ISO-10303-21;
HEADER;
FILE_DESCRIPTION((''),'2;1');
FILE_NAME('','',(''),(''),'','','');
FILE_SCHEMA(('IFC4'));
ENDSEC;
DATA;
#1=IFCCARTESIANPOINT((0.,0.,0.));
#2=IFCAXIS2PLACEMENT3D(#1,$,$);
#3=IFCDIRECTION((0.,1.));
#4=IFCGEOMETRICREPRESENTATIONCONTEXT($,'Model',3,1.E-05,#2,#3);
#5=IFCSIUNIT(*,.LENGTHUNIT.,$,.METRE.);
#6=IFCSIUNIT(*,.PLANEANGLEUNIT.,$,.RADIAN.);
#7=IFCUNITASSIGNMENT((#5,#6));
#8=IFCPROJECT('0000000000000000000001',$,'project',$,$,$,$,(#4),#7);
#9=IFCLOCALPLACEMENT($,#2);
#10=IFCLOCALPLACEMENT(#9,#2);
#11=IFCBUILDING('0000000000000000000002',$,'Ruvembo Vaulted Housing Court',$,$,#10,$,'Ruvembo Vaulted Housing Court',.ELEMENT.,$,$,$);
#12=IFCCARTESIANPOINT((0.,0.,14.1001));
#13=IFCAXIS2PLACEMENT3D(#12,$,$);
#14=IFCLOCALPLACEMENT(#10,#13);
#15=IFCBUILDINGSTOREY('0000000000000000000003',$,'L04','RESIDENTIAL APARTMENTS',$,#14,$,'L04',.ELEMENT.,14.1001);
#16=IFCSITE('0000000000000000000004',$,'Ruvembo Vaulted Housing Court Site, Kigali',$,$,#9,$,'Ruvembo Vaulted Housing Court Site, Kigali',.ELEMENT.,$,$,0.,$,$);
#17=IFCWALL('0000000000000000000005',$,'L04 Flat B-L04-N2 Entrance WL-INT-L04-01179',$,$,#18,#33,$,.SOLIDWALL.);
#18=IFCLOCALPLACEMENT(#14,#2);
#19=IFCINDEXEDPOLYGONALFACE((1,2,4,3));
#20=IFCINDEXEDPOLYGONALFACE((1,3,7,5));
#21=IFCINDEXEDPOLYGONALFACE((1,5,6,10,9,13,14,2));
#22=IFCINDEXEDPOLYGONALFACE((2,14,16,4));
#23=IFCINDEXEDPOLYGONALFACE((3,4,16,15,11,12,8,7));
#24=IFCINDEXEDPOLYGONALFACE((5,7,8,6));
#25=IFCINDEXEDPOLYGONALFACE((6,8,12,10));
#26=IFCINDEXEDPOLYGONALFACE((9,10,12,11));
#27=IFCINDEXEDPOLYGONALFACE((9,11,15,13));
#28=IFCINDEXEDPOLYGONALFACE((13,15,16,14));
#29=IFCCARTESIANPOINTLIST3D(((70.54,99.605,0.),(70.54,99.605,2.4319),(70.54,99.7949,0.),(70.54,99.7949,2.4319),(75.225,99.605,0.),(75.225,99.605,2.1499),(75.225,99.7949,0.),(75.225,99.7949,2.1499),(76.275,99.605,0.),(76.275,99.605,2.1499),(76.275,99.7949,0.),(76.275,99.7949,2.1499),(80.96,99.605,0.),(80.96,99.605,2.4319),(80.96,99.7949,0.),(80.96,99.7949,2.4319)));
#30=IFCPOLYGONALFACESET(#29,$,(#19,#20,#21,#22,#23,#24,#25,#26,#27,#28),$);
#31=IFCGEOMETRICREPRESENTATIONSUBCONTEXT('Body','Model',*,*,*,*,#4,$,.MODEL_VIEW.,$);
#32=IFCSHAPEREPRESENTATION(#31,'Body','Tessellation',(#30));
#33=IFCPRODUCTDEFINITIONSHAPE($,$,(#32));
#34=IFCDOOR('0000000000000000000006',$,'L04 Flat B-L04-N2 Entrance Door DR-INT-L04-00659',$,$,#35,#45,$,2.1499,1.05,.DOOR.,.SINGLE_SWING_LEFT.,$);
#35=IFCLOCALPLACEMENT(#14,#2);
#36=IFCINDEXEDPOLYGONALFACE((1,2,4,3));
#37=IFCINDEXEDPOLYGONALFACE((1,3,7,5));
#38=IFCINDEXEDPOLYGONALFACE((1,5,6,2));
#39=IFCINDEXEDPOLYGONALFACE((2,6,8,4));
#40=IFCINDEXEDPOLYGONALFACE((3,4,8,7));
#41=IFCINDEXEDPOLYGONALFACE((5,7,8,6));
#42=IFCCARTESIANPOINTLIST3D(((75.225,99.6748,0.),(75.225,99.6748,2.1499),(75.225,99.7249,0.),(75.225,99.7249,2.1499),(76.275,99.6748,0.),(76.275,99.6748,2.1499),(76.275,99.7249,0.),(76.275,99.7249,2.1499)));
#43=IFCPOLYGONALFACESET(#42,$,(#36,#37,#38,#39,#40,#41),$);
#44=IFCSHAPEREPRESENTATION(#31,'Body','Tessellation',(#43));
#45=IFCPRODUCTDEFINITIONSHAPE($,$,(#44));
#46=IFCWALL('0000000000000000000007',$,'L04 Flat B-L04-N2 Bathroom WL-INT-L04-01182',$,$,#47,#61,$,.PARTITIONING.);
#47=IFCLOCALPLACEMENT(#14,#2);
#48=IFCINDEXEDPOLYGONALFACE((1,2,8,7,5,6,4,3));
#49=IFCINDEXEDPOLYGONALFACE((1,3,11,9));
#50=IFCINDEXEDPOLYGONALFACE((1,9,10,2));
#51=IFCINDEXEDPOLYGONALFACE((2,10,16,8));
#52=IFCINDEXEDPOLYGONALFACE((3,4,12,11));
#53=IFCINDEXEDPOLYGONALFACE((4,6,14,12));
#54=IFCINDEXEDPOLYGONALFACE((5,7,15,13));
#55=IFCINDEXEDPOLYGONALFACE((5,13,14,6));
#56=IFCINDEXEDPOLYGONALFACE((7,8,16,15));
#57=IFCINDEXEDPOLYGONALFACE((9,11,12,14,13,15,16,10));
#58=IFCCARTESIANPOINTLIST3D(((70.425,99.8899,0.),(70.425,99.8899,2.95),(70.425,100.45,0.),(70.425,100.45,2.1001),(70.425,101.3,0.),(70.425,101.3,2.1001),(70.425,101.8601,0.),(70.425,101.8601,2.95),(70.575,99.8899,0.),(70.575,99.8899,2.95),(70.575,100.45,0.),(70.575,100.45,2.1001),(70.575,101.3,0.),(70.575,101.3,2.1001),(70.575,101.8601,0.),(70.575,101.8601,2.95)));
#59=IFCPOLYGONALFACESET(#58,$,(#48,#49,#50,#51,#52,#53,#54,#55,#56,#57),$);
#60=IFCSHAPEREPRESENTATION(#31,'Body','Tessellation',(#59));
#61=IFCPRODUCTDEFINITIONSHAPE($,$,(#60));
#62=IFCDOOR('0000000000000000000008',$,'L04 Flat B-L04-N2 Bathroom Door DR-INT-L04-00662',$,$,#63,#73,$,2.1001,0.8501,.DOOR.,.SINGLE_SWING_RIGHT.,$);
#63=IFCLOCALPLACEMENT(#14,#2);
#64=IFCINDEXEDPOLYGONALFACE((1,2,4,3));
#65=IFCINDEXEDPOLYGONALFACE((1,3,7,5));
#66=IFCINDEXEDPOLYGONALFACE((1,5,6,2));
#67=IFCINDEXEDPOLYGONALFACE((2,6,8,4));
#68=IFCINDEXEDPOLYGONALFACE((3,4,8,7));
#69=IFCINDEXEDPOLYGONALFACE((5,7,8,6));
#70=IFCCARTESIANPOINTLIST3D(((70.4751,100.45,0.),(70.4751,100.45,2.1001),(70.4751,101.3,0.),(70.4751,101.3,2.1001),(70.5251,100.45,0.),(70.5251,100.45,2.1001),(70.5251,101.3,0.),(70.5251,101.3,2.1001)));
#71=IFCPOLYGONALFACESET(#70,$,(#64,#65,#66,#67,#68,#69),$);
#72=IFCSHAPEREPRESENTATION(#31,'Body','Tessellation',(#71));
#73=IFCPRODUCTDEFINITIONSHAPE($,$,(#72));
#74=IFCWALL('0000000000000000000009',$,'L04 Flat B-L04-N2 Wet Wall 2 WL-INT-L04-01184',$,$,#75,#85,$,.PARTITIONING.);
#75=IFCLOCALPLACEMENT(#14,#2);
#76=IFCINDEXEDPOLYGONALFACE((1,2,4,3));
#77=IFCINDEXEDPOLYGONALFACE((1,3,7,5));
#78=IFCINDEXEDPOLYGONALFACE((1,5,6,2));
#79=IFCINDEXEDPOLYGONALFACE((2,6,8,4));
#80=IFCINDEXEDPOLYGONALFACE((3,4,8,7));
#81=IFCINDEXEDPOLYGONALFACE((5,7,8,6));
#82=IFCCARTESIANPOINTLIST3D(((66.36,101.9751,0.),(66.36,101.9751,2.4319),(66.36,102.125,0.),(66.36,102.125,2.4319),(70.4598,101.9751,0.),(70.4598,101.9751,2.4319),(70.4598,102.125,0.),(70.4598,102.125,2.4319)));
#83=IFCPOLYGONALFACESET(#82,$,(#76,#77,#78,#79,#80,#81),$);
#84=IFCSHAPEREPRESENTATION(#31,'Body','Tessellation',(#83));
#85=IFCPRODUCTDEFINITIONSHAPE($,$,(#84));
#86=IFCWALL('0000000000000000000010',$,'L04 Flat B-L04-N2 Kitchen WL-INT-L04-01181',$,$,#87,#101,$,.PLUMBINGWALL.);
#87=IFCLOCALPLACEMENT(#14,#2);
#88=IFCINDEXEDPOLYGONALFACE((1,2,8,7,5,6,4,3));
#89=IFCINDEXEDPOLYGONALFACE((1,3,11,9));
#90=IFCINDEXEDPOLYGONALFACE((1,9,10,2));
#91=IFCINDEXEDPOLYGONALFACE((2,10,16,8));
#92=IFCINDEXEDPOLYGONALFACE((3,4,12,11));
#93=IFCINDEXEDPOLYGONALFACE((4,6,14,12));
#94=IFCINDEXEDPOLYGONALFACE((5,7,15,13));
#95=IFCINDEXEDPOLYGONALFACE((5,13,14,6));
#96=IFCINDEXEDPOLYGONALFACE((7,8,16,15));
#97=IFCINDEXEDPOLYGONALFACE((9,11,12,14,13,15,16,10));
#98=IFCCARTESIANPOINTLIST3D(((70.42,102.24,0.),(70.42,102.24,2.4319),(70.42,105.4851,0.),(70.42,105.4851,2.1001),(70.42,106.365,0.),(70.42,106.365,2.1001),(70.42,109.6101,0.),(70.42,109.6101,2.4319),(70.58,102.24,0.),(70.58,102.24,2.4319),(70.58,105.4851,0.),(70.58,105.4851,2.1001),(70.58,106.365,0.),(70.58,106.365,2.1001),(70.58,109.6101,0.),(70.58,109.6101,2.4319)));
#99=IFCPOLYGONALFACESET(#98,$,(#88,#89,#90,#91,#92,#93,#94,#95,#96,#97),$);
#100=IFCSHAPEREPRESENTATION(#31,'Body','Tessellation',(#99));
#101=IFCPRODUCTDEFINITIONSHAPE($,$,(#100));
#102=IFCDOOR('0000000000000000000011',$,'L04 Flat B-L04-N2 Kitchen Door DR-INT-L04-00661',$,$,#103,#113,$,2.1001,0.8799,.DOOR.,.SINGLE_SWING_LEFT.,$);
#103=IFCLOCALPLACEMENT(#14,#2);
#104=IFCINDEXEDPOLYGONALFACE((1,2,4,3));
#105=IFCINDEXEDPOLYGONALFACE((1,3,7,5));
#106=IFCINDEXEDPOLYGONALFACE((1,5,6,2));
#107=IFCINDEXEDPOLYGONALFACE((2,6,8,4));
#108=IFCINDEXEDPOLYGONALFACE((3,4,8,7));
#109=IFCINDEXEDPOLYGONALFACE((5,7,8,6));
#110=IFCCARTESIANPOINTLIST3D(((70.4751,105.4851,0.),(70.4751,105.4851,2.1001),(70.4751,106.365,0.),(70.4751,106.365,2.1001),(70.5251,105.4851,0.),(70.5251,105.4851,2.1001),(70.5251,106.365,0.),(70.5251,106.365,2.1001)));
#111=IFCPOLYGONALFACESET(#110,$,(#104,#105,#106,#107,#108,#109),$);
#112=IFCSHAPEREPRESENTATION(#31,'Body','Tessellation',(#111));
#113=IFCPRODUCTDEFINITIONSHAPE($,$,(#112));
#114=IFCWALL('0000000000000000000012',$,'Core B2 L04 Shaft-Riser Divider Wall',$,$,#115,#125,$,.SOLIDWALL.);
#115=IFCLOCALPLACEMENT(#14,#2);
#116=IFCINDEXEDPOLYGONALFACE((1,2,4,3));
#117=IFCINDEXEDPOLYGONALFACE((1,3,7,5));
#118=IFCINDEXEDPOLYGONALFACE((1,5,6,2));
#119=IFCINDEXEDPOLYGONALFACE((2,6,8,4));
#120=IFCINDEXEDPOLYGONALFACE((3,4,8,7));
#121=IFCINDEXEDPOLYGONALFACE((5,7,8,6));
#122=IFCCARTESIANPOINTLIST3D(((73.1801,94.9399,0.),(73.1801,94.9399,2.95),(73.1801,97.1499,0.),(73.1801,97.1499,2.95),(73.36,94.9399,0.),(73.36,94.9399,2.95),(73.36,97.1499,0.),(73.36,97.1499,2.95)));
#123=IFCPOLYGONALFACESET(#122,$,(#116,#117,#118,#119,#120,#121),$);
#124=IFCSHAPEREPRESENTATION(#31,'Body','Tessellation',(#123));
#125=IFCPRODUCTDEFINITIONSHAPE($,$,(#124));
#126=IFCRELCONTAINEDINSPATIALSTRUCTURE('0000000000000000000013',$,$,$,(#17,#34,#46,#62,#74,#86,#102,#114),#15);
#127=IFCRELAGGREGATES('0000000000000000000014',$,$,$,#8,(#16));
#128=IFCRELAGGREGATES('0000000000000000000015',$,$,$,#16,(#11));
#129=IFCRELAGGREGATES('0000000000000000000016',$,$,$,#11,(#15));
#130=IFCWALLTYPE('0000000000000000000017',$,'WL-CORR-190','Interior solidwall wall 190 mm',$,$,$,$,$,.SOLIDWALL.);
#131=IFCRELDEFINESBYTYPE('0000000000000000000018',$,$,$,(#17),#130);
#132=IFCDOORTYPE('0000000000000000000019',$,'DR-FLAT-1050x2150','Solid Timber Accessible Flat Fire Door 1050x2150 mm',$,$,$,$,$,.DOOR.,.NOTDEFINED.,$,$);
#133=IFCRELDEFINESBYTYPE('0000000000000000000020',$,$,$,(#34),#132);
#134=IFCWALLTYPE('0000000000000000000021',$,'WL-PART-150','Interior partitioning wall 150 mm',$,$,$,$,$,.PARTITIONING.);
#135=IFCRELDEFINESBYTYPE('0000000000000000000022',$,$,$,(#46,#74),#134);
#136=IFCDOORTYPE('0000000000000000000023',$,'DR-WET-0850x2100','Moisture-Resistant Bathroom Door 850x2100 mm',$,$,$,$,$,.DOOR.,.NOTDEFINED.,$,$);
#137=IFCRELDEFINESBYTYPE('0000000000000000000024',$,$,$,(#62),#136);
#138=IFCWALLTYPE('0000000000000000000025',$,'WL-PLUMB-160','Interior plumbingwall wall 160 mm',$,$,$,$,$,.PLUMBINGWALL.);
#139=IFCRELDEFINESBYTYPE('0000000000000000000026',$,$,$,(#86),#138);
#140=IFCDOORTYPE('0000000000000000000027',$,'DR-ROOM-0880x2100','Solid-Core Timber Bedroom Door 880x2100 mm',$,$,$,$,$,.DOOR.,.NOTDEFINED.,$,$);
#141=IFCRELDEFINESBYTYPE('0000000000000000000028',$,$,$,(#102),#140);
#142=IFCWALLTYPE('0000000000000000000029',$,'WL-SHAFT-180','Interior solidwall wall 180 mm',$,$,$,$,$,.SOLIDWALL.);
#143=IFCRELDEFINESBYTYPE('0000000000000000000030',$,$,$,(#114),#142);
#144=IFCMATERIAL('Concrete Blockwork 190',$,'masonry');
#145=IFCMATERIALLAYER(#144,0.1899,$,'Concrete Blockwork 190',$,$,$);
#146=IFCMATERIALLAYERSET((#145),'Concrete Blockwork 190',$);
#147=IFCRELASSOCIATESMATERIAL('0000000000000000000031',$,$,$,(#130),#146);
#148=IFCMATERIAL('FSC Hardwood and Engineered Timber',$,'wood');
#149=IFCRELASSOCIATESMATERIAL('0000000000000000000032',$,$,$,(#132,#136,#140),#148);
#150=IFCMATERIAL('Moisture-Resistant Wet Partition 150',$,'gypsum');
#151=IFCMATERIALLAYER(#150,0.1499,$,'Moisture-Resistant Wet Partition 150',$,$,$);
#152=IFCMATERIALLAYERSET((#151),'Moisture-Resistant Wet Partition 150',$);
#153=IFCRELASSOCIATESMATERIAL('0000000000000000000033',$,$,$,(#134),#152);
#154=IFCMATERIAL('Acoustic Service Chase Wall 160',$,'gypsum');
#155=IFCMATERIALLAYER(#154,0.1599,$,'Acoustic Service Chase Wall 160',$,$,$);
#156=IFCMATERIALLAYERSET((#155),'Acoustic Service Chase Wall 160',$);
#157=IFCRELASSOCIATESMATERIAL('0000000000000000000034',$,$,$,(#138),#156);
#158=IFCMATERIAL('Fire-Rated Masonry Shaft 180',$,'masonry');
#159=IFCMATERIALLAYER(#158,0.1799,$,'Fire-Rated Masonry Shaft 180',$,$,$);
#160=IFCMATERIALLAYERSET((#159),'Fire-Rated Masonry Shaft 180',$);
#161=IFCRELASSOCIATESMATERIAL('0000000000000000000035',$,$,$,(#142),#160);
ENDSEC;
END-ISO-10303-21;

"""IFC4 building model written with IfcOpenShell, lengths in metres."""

from ifc_helpers import new_model, si_unit, direction, frame, frame_2d, origin, place, context, subcontext, project, spatial, rectangle, extrude, material, layer, layer_set, type_object, element, fill, save


model = new_model("IFC4")

# Units and contexts
model_context = context("Model", 3, precision=1e-05, world=origin(), true_north=direction((0.0, 1.0)))
body_context = subcontext(model_context, "Body", "Model", "MODEL_VIEW")
ifc_project = project(units=[si_unit("LENGTHUNIT", "METRE"), si_unit("PLANEANGLEUNIT", "RADIAN")], contexts=[model_context])

# Site, building, storey
site_placement = place(None, origin())
site = spatial("IfcSite", under=ifc_project, at=site_placement, Name="Ruvembo Vaulted Housing Court Site, Kigali", LongName="Ruvembo Vaulted Housing Court Site, Kigali", CompositionType="ELEMENT", RefElevation=0.0)
building_placement = place(site_placement, origin())
building = spatial("IfcBuilding", under=site, at=building_placement, Name="Ruvembo Vaulted Housing Court", LongName="Ruvembo Vaulted Housing Court", CompositionType="ELEMENT")
storey_placement = place(building_placement, frame((0.0, 0.0, 14.1001)))
storey = spatial("IfcBuildingStorey", under=building, at=storey_placement, Name="L04", Description="RESIDENTIAL APARTMENTS", LongName="L04", CompositionType="ELEMENT", Elevation=14.1001)

# Shared definitions
ifc_material_1 = material(Name="Concrete Blockwork 190", Category="masonry")
ifc_layer_1 = layer(ifc_material_1, 0.1899, Name="Concrete Blockwork 190")
ifc_layer_set_1 = layer_set([ifc_layer_1], Name="Concrete Blockwork 190")
wall_type_1 = type_object("IfcWallType", Name="WL-CORR-190", Description="Interior solidwall wall 190 mm", PredefinedType="SOLIDWALL", material=ifc_layer_set_1)

# Walls, openings, doors
wall_1_placement = place(storey_placement, frame((70.54, 99.7, 0.0), z_axis=(0.0, 0.0, 1.0), x_axis=(1.0, 0.0, 0.0)))
wall_1 = element("IfcWall", 1, at=wall_1_placement, inside=storey, type_object=wall_type_1, Name="L04 Flat B-L04-N2 Entrance WL-INT-L04-01179", PredefinedType="SOLIDWALL", context=body_context, shape_type="SweptSolid", body=[
    extrude(rectangle(XDim=10.4199, YDim=0.1899, at=frame_2d((5.21, 0.0))), origin(), (0.0, 0.0, 1.0), 2.4319),
])
opening_1_placement = place(wall_1_placement, frame((4.6851, 0.0, 0.0)))
opening_1 = element("IfcOpeningElement", 2, at=opening_1_placement, cuts=wall_1, PredefinedType="OPENING", context=body_context, shape_type="SweptSolid", body=[
    extrude(rectangle(XDim=1.05, YDim=2.1499, at=frame_2d((0.5249, 1.075))), frame((0.0, 0.105, 0.0), z_axis=(0.0, -1.0, 0.0), x_axis=(1.0, 0.0, 0.0)), (0.0, 0.0, 1.0), 0.21),
])
ifc_material_2 = material(Name="FSC Hardwood and Engineered Timber", Category="wood")
door_type_1 = type_object("IfcDoorType", Name="DR-FLAT-1050x2150", Description="Solid Timber Accessible Flat Fire Door 1050x2150 mm", OperationType="NOTDEFINED", PredefinedType="DOOR", material=ifc_material_2)
door_1_placement = place(opening_1_placement, origin())
door_1 = element("IfcDoor", 3, at=door_1_placement, inside=storey, type_object=door_type_1, Name="L04 Flat B-L04-N2 Entrance Door DR-INT-L04-00659", OperationType="SINGLE_SWING_LEFT", OverallHeight=2.1499, OverallWidth=1.05, PredefinedType="DOOR", context=body_context, shape_type="SweptSolid", body=[
    extrude(rectangle(XDim=1.05, YDim=2.1499, at=frame_2d((0.5249, 1.075))), frame((0.0, 0.0249, 0.0), z_axis=(0.0, -1.0, 0.0), x_axis=(1.0, 0.0, 0.0)), (0.0, 0.0, 1.0), 0.05),
])
fill(opening_1, door_1)
ifc_material_3 = material(Name="Moisture-Resistant Wet Partition 150", Category="gypsum")
ifc_layer_2 = layer(ifc_material_3, 0.1499, Name="Moisture-Resistant Wet Partition 150")
ifc_layer_set_2 = layer_set([ifc_layer_2], Name="Moisture-Resistant Wet Partition 150")
wall_type_2 = type_object("IfcWallType", Name="WL-PART-150", Description="Interior partitioning wall 150 mm", PredefinedType="PARTITIONING", material=ifc_layer_set_2)
wall_2_placement = place(storey_placement, frame((70.5, 99.8899, 0.0), z_axis=(0.0, 0.0, 1.0), x_axis=(0.0, 1.0, 0.0)))
wall_2 = element("IfcWall", 4, at=wall_2_placement, inside=storey, type_object=wall_type_2, Name="L04 Flat B-L04-N2 Bathroom WL-INT-L04-01182", PredefinedType="PARTITIONING", context=body_context, shape_type="SweptSolid", body=[
    extrude(rectangle(XDim=1.9702, YDim=0.1499, at=frame_2d((0.9851, 0.0))), origin(), (0.0, 0.0, 1.0), 2.95),
])
opening_2_placement = place(wall_2_placement, frame((0.5601, 0.0, 0.0)))
opening_2 = element("IfcOpeningElement", 5, at=opening_2_placement, cuts=wall_2, PredefinedType="OPENING", context=body_context, shape_type="SweptSolid", body=[
    extrude(rectangle(XDim=0.8501, YDim=2.1001, at=frame_2d((0.425, 1.05))), frame((0.0, 0.085, 0.0), z_axis=(0.0, -1.0, 0.0), x_axis=(1.0, 0.0, 0.0)), (0.0, 0.0, 1.0), 0.1699),
])
door_type_2 = type_object("IfcDoorType", Name="DR-WET-0850x2100", Description="Moisture-Resistant Bathroom Door 850x2100 mm", OperationType="NOTDEFINED", PredefinedType="DOOR", material=ifc_material_2)
door_2_placement = place(opening_2_placement, origin())
door_2 = element("IfcDoor", 6, at=door_2_placement, inside=storey, type_object=door_type_2, Name="L04 Flat B-L04-N2 Bathroom Door DR-INT-L04-00662", OperationType="SINGLE_SWING_RIGHT", OverallHeight=2.1001, OverallWidth=0.8501, PredefinedType="DOOR", context=body_context, shape_type="SweptSolid", body=[
    extrude(rectangle(XDim=0.8501, YDim=2.1001, at=frame_2d((0.425, 1.05))), frame((0.0, 0.0249, 0.0), z_axis=(0.0, -1.0, 0.0), x_axis=(1.0, 0.0, 0.0)), (0.0, 0.0, 1.0), 0.05),
])
fill(opening_2, door_2)

# Wall
wall_3_placement = place(storey_placement, frame((66.3601, 102.05, 0.0), z_axis=(0.0, 0.0, 1.0), x_axis=(1.0, 0.0, 0.0)))
element("IfcWall", 7, at=wall_3_placement, inside=storey, type_object=wall_type_2, Name="L04 Flat B-L04-N2 Wet Wall 2 WL-INT-L04-01184", PredefinedType="PARTITIONING", context=body_context, shape_type="SweptSolid", body=[
    extrude(rectangle(XDim=4.0999, YDim=0.1499, at=frame_2d((2.0498, 0.0))), origin(), (0.0, 0.0, 1.0), 2.4319),
])

# Wall, opening, door
ifc_material_4 = material(Name="Acoustic Service Chase Wall 160", Category="gypsum")
ifc_layer_3 = layer(ifc_material_4, 0.1599, Name="Acoustic Service Chase Wall 160")
ifc_layer_set_3 = layer_set([ifc_layer_3], Name="Acoustic Service Chase Wall 160")
wall_type_3 = type_object("IfcWallType", Name="WL-PLUMB-160", Description="Interior plumbingwall wall 160 mm", PredefinedType="PLUMBINGWALL", material=ifc_layer_set_3)
wall_4_placement = place(storey_placement, frame((70.5, 102.24, 0.0), z_axis=(0.0, 0.0, 1.0), x_axis=(0.0, 1.0, 0.0)))
wall_4 = element("IfcWall", 8, at=wall_4_placement, inside=storey, type_object=wall_type_3, Name="L04 Flat B-L04-N2 Kitchen WL-INT-L04-01181", PredefinedType="PLUMBINGWALL", context=body_context, shape_type="SweptSolid", body=[
    extrude(rectangle(XDim=7.3701, YDim=0.1599, at=frame_2d((3.6851, 0.0))), origin(), (0.0, 0.0, 1.0), 2.4319),
])
opening_3_placement = place(wall_4_placement, frame((3.2451, 0.0, 0.0)))
opening_3 = element("IfcOpeningElement", 9, at=opening_3_placement, cuts=wall_4, PredefinedType="OPENING", context=body_context, shape_type="SweptSolid", body=[
    extrude(rectangle(XDim=0.8799, YDim=2.1001, at=frame_2d((0.4399, 1.05))), frame((0.0, 0.0898, 0.0), z_axis=(0.0, -1.0, 0.0), x_axis=(1.0, 0.0, 0.0)), (0.0, 0.0, 1.0), 0.1799),
])
door_type_3 = type_object("IfcDoorType", Name="DR-ROOM-0880x2100", Description="Solid-Core Timber Bedroom Door 880x2100 mm", OperationType="NOTDEFINED", PredefinedType="DOOR", material=ifc_material_2)
door_3_placement = place(opening_3_placement, origin())
door_3 = element("IfcDoor", 10, at=door_3_placement, inside=storey, type_object=door_type_3, Name="L04 Flat B-L04-N2 Kitchen Door DR-INT-L04-00661", OperationType="SINGLE_SWING_LEFT", OverallHeight=2.1001, OverallWidth=0.8799, PredefinedType="DOOR", context=body_context, shape_type="SweptSolid", body=[
    extrude(rectangle(XDim=0.8799, YDim=2.1001, at=frame_2d((0.4399, 1.05))), frame((0.0, 0.0249, 0.0), z_axis=(0.0, -1.0, 0.0), x_axis=(1.0, 0.0, 0.0)), (0.0, 0.0, 1.0), 0.05),
])
fill(opening_3, door_3)

# Shared definitions
ifc_material_5 = material(Name="Fire-Rated Masonry Shaft 180", Category="masonry")
ifc_layer_4 = layer(ifc_material_5, 0.1799, Name="Fire-Rated Masonry Shaft 180")
ifc_layer_set_4 = layer_set([ifc_layer_4], Name="Fire-Rated Masonry Shaft 180")
wall_type_4 = type_object("IfcWallType", Name="WL-SHAFT-180", Description="Interior solidwall wall 180 mm", PredefinedType="SOLIDWALL", material=ifc_layer_set_4)

# Wall
wall_5_placement = place(storey_placement, frame((73.27, 94.9399, 0.0), z_axis=(0.0, 0.0, 1.0), x_axis=(0.0, 1.0, 0.0)))
element("IfcWall", 11, at=wall_5_placement, inside=storey, type_object=wall_type_4, Name="Core B2 L04 Shaft-Riser Divider Wall", PredefinedType="SOLIDWALL", context=body_context, shape_type="SweptSolid", body=[
    extrude(rectangle(XDim=2.21, YDim=0.1799, at=frame_2d((1.105, 0.0))), origin(), (0.0, 0.0, 1.0), 2.95),
])

save(model, "model.ifc")
